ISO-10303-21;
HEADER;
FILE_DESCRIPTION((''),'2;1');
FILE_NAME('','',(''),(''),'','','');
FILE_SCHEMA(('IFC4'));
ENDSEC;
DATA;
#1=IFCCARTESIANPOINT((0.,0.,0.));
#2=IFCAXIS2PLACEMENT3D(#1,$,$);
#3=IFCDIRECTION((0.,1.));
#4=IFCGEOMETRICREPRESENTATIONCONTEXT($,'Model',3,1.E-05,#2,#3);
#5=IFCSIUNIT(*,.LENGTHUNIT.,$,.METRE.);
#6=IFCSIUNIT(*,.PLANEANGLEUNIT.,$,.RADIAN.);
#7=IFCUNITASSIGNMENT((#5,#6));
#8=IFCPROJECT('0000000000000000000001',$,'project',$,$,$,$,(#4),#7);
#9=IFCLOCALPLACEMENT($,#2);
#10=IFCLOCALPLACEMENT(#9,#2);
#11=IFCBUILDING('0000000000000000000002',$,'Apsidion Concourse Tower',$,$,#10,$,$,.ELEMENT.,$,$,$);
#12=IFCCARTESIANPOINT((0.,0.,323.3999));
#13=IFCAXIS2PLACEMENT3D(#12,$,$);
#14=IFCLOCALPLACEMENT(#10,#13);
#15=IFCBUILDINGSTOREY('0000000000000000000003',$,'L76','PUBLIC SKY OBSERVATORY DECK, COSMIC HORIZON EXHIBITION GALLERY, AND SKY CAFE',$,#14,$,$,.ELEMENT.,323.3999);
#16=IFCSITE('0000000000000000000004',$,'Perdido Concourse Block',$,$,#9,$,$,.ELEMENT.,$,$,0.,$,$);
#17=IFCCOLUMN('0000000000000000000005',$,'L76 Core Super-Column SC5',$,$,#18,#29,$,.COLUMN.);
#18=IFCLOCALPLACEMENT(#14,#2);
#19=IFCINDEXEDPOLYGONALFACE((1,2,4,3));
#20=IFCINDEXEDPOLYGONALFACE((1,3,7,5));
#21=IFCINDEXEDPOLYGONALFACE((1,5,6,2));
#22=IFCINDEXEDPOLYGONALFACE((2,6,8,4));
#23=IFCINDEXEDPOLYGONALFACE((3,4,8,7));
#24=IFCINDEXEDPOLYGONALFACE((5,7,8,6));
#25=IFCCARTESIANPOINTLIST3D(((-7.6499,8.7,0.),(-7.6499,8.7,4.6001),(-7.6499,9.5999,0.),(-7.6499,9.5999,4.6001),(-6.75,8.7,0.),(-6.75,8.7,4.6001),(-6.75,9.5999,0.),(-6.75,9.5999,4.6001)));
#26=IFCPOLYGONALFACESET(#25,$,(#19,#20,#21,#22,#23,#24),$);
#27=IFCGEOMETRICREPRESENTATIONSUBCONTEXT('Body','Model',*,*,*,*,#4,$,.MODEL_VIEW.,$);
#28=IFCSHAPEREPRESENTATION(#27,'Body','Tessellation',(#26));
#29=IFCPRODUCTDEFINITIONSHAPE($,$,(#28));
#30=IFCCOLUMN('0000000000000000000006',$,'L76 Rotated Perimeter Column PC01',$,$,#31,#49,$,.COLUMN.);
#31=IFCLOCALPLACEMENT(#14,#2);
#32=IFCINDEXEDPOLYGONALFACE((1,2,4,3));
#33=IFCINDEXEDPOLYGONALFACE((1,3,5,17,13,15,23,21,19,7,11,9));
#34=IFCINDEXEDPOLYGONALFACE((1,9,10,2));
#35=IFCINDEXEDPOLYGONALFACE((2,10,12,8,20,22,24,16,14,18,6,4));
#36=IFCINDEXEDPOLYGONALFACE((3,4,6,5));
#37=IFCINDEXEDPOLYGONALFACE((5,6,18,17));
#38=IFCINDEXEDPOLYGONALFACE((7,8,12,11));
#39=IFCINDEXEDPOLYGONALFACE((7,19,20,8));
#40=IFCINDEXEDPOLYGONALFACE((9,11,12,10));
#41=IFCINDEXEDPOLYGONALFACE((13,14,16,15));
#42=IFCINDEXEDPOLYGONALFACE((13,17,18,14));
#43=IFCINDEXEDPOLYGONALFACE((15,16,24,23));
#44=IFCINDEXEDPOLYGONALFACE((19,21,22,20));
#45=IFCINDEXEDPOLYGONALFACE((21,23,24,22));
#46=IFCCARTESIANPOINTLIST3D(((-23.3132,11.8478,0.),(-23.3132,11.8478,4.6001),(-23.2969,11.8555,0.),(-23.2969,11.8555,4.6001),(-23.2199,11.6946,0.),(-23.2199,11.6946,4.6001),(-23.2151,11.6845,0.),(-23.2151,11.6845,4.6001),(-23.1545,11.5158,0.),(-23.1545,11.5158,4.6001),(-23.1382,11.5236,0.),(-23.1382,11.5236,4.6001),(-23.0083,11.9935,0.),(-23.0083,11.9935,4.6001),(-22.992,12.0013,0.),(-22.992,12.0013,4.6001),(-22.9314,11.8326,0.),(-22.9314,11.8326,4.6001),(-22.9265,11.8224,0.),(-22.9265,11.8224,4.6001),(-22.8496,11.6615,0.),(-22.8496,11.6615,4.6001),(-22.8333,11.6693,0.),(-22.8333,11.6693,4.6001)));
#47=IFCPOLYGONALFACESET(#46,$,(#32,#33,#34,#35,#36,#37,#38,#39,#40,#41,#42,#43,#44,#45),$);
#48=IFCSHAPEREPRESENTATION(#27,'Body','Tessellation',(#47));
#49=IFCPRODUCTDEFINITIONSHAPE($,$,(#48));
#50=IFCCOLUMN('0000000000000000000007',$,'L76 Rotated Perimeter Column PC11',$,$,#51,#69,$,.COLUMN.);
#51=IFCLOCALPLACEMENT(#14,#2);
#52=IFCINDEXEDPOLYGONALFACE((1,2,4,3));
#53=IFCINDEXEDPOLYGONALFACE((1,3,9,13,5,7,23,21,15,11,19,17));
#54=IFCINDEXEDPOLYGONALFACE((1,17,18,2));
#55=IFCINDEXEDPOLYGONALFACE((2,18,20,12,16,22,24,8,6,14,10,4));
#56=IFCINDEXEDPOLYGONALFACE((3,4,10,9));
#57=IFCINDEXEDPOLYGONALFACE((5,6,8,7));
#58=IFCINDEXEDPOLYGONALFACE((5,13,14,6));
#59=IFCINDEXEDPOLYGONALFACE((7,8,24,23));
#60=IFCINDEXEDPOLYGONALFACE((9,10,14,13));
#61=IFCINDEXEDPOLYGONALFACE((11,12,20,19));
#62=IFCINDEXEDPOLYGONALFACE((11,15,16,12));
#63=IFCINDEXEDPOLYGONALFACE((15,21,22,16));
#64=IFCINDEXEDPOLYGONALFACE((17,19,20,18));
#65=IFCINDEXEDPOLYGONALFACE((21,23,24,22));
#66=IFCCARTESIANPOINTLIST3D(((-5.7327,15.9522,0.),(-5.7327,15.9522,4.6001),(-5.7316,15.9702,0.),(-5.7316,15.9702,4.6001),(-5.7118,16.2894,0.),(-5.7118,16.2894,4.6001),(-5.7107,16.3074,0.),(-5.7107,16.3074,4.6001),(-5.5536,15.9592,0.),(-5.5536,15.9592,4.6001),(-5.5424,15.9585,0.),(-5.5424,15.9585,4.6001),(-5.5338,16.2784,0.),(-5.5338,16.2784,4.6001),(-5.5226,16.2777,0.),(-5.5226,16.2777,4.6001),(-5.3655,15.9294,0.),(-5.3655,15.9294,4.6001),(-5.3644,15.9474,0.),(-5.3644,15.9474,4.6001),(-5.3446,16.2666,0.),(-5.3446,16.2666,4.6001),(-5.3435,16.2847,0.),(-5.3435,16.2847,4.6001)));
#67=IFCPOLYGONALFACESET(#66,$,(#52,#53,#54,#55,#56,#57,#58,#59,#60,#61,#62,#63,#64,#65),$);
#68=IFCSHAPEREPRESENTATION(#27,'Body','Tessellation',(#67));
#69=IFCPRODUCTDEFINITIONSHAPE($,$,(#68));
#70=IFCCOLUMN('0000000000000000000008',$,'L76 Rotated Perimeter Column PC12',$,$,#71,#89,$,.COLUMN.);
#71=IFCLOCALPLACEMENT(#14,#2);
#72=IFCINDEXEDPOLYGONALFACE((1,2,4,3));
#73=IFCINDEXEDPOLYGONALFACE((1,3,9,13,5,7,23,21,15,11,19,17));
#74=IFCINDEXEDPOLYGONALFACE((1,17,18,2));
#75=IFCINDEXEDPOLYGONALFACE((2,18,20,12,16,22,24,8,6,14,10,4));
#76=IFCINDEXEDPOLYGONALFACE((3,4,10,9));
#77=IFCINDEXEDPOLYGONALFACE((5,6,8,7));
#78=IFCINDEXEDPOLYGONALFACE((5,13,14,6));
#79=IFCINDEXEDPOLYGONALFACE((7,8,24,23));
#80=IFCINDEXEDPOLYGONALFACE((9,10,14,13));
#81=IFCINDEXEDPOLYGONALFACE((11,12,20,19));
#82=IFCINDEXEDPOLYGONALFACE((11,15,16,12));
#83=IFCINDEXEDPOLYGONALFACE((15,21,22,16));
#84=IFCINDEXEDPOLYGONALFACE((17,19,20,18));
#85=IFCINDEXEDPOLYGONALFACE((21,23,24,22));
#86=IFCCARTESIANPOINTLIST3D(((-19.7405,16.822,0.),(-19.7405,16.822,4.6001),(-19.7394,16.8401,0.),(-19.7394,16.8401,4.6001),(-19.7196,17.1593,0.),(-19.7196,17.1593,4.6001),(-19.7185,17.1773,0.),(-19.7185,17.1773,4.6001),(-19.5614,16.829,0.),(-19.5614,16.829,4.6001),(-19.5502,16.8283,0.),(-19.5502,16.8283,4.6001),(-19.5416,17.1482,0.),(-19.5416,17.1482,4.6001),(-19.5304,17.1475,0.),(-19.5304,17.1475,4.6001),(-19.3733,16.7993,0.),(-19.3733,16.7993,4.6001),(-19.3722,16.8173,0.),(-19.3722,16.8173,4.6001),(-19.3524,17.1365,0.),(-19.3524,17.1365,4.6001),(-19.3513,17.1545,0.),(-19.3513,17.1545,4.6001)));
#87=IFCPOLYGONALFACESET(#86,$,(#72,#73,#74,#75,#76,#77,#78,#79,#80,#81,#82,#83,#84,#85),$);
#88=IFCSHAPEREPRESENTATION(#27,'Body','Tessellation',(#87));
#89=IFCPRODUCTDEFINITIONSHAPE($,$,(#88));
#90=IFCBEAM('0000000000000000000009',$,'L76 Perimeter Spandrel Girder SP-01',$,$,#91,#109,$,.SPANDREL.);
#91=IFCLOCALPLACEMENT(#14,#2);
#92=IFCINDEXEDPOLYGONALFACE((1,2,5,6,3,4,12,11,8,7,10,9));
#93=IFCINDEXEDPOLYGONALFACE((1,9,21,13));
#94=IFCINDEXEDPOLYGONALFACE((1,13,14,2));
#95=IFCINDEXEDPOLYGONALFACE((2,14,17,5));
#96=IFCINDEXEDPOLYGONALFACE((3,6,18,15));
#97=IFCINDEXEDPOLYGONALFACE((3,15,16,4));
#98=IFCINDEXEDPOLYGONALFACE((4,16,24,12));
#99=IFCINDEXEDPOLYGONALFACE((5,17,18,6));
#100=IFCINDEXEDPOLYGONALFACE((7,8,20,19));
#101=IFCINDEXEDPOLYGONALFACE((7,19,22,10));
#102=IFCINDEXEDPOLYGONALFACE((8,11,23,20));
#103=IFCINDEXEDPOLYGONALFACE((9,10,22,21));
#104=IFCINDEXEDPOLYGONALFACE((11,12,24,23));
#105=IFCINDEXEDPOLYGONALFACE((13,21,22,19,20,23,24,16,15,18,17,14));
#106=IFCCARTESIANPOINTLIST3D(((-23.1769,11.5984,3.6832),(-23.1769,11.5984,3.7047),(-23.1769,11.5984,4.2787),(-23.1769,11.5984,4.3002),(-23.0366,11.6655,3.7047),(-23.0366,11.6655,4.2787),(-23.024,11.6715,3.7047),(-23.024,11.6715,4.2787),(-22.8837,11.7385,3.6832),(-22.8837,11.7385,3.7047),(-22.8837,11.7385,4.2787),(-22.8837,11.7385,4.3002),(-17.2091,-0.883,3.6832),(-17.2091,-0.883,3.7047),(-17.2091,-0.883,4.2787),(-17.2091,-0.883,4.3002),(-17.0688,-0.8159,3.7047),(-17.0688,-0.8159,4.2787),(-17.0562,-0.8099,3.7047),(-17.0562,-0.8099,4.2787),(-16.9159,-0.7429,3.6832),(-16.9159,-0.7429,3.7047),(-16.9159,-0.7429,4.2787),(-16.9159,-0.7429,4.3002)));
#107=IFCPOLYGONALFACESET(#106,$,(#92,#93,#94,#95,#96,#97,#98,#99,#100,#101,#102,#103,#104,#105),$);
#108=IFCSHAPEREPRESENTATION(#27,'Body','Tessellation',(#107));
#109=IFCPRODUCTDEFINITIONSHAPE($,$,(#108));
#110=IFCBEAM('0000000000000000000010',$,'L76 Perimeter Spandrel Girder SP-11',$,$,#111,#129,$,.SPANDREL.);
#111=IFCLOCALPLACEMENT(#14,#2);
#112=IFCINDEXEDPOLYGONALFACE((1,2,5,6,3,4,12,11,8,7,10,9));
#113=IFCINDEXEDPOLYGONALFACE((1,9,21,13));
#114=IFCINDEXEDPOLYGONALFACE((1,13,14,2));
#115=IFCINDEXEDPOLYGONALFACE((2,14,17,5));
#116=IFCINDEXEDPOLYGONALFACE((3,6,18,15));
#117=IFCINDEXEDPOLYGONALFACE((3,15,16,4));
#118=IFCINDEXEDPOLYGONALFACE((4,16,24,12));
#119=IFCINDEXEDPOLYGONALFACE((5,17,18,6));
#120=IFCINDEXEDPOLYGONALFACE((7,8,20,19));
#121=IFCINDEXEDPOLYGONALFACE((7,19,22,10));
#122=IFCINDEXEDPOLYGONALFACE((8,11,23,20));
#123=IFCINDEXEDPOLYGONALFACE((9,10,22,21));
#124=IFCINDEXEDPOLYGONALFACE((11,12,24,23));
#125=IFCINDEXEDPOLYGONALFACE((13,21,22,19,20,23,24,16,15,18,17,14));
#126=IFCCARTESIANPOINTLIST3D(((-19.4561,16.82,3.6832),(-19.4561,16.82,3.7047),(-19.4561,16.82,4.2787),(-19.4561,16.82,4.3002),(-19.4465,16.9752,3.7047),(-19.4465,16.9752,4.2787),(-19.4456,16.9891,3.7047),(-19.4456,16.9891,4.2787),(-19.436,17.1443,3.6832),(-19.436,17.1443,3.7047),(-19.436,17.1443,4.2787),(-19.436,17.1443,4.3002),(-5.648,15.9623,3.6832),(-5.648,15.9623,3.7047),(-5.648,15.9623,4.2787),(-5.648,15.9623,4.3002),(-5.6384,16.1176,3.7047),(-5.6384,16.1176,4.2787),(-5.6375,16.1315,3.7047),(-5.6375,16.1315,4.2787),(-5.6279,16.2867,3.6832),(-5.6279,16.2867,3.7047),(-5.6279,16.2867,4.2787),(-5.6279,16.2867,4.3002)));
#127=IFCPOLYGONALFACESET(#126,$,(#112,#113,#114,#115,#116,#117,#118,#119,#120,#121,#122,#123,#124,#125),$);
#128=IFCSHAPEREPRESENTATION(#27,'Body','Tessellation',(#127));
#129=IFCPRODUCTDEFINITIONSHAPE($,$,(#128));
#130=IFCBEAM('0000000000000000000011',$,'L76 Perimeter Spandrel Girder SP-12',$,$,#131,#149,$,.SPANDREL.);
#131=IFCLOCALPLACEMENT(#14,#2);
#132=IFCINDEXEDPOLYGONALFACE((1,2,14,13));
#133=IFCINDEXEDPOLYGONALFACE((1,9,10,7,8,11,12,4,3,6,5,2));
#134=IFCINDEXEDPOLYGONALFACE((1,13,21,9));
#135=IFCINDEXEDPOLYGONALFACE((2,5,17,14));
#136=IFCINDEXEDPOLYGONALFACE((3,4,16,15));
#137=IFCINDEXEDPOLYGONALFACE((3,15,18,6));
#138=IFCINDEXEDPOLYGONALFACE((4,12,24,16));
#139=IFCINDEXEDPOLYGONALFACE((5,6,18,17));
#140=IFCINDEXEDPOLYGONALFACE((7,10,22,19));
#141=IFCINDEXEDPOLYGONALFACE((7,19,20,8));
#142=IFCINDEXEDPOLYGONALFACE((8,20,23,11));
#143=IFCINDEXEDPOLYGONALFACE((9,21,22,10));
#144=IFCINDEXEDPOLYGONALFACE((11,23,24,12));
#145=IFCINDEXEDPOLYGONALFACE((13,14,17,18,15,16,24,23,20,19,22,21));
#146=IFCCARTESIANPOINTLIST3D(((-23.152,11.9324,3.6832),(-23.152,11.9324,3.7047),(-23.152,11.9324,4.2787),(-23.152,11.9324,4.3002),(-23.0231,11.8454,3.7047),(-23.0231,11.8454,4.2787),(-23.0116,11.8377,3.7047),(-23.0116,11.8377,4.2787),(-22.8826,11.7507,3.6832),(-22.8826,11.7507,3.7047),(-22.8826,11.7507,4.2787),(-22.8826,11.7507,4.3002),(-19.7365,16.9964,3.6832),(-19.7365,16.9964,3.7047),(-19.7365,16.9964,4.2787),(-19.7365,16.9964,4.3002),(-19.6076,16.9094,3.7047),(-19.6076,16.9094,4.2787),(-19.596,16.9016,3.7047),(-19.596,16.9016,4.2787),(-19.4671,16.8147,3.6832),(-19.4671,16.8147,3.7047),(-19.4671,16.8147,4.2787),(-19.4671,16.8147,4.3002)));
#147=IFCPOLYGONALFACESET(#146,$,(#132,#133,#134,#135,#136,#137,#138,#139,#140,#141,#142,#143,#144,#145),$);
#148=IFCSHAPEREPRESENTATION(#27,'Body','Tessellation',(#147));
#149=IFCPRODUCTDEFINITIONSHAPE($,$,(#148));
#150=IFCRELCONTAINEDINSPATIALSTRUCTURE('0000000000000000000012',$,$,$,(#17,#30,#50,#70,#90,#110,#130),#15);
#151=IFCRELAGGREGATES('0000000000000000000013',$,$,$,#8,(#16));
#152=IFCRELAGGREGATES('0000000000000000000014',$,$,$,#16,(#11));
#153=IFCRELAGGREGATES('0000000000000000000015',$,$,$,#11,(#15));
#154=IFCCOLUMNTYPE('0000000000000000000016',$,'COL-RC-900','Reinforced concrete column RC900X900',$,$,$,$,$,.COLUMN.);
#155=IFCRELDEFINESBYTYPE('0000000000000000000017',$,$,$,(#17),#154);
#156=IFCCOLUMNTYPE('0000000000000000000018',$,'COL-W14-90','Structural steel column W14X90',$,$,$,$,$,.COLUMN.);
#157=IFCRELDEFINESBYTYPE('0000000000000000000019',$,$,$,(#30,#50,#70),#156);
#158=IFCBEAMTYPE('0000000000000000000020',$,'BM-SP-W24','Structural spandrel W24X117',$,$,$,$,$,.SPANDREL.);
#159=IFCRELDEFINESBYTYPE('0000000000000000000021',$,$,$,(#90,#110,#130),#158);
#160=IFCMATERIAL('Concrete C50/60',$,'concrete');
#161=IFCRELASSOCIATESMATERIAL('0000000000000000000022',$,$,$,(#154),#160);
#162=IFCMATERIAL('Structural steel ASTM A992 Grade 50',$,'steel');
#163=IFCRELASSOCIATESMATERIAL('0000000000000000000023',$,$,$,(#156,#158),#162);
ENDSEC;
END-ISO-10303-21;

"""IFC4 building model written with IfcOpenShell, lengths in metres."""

from ifc_helpers import new_model, si_unit, direction, frame, origin, origin_2d, place, context, subcontext, project, spatial, rectangle, i_section, extrude, material, material_profile, profile_set, type_object, element, save


model = new_model("IFC4")

# Units and contexts
model_context = context("Model", 3, precision=1e-05, world=origin(), true_north=direction((0.0, 1.0)))
body_context = subcontext(model_context, "Body", "Model", "MODEL_VIEW")
ifc_project = project(units=[si_unit("LENGTHUNIT", "METRE"), si_unit("PLANEANGLEUNIT", "RADIAN")], contexts=[model_context])

# Site, building, storey
site_placement = place(None, origin())
site = spatial("IfcSite", under=ifc_project, at=site_placement, Name="Perdido Concourse Block", CompositionType="ELEMENT", RefElevation=0.0)
building_placement = place(site_placement, origin())
building = spatial("IfcBuilding", under=site, at=building_placement, Name="Apsidion Concourse Tower", CompositionType="ELEMENT")
storey_placement = place(building_placement, frame((0.0, 0.0, 323.3999)))
storey = spatial("IfcBuildingStorey", under=building, at=storey_placement, Name="L76", Description="PUBLIC SKY OBSERVATORY DECK, COSMIC HORIZON EXHIBITION GALLERY, AND SKY CAFE", CompositionType="ELEMENT", Elevation=323.3999)

# Columns
ifc_material_1 = material(Name="Concrete C50/60", Category="concrete")
ifc_material_profile_1 = material_profile(ifc_material_1, rectangle(XDim=0.8999, YDim=0.8999, at=origin_2d()), Name="RC 900x900")
ifc_profile_set_1 = profile_set([ifc_material_profile_1], Name="Concrete C50/60")
column_type_1 = type_object("IfcColumnType", Name="COL-RC-900", Description="Reinforced concrete column RC900X900", PredefinedType="COLUMN", material=ifc_profile_set_1)
column_placement = place(storey_placement, frame((-7.2, 9.1499, 0.0), z_axis=(0.0, 0.0, 1.0), x_axis=(1.0, 0.0, 0.0)))
element("IfcColumn", 1, at=column_placement, inside=storey, type_object=column_type_1, Name="L76 Core Super-Column SC5", PredefinedType="COLUMN", context=body_context, shape_type="SweptSolid", body=[
    extrude(rectangle(XDim=0.8999, YDim=0.8999, at=origin_2d()), origin(), (0.0, 0.0, 1.0), 4.6001),
])
ifc_material_2 = material(Name="Structural steel ASTM A992 Grade 50", Category="steel")
ifc_material_profile_2 = material_profile(ifc_material_2, i_section(OverallWidth=0.3679, OverallDepth=0.356, WebThickness=0.0112, FlangeThickness=0.0181, at=origin_2d()), Name="W14X90")
ifc_profile_set_2 = profile_set([ifc_material_profile_2], Name="Structural steel ASTM A992 Grade 50")
column_type_2 = type_object("IfcColumnType", Name="COL-W14-90", Description="Structural steel column W14X90", PredefinedType="COLUMN", material=ifc_profile_set_2)
for number, where, z_axis, x_axis, name in (
    (2, (-23.0732, 11.7585, 0.0), (0.0, 0.0, 1.0), (-0.431299, 0.902209, 0.0), "L76 Rotated Perimeter Column PC01"),
    (3, (-5.5381, 16.1184, 0.0), (0.0, 0.0, 1.0), (-0.998081, 0.06192, 0.0), "L76 Rotated Perimeter Column PC11"),
    (4, (-19.5459, 16.9883, 0.0), (0.0, 0.0, 1.0), (-0.998081, 0.06192, 0.0), "L76 Rotated Perimeter Column PC12"),
):
    element("IfcColumn", number, at=place(storey_placement, frame(where, z_axis=z_axis, x_axis=x_axis)), inside=storey, type_object=column_type_2, Name=name, PredefinedType="COLUMN", context=body_context, shape_type="SweptSolid", body=[
        extrude(i_section(OverallWidth=0.3679, OverallDepth=0.356, WebThickness=0.0112, FlangeThickness=0.0181, at=origin_2d()), origin(), (0.0, 0.0, 1.0), 4.6001),
    ])

# Beams
ifc_material_profile_3 = material_profile(ifc_material_2, i_section(OverallWidth=0.325, OverallDepth=0.6169, WebThickness=0.0139, FlangeThickness=0.0215, at=origin_2d()), Name="W24X117")
ifc_profile_set_3 = profile_set([ifc_material_profile_3], Name="Structural steel ASTM A992 Grade 50")
beam_type = type_object("IfcBeamType", Name="BM-SP-W24", Description="Structural spandrel W24X117", PredefinedType="SPANDREL", material=ifc_profile_set_3)
for number, where, z_axis, x_axis, name in (
    (5, (-23.0303, 11.6685, 3.9917), (0.431361, -0.90218, 0.0), (0.90218, 0.431361, 0.0), "L76 Perimeter Spandrel Girder SP-01"),
    (6, (-5.6379, 16.1245, 3.9917), (-0.998077, 0.061994, 0.0), (-0.061994, -0.998077, 0.0), "L76 Perimeter Spandrel Girder SP-11"),
):
    element("IfcBeam", number, at=place(storey_placement, frame(where, z_axis=z_axis, x_axis=x_axis)), inside=storey, type_object=beam_type, Name=name, PredefinedType="SPANDREL", context=body_context, shape_type="SweptSolid", body=[
        extrude(i_section(OverallWidth=0.325, OverallDepth=0.6169, WebThickness=0.0139, FlangeThickness=0.0215, at=origin_2d()), origin(), (0.0, 0.0, 1.0), 13.8347),
    ])
beam_placement = place(storey_placement, frame((-19.6018, 16.9055, 3.9917), z_axis=(-0.559175, -0.82905, 0.0), x_axis=(0.82905, -0.559175, 0.0)))
element("IfcBeam", 7, at=beam_placement, inside=storey, type_object=beam_type, Name="L76 Perimeter Spandrel Girder SP-12", PredefinedType="SPANDREL", context=body_context, shape_type="SweptSolid", body=[
    extrude(i_section(OverallWidth=0.325, OverallDepth=0.6169, WebThickness=0.0139, FlangeThickness=0.0215, at=origin_2d()), origin(), (0.0, 0.0, 1.0), 6.1082),
])

save(model, "model.ifc")
